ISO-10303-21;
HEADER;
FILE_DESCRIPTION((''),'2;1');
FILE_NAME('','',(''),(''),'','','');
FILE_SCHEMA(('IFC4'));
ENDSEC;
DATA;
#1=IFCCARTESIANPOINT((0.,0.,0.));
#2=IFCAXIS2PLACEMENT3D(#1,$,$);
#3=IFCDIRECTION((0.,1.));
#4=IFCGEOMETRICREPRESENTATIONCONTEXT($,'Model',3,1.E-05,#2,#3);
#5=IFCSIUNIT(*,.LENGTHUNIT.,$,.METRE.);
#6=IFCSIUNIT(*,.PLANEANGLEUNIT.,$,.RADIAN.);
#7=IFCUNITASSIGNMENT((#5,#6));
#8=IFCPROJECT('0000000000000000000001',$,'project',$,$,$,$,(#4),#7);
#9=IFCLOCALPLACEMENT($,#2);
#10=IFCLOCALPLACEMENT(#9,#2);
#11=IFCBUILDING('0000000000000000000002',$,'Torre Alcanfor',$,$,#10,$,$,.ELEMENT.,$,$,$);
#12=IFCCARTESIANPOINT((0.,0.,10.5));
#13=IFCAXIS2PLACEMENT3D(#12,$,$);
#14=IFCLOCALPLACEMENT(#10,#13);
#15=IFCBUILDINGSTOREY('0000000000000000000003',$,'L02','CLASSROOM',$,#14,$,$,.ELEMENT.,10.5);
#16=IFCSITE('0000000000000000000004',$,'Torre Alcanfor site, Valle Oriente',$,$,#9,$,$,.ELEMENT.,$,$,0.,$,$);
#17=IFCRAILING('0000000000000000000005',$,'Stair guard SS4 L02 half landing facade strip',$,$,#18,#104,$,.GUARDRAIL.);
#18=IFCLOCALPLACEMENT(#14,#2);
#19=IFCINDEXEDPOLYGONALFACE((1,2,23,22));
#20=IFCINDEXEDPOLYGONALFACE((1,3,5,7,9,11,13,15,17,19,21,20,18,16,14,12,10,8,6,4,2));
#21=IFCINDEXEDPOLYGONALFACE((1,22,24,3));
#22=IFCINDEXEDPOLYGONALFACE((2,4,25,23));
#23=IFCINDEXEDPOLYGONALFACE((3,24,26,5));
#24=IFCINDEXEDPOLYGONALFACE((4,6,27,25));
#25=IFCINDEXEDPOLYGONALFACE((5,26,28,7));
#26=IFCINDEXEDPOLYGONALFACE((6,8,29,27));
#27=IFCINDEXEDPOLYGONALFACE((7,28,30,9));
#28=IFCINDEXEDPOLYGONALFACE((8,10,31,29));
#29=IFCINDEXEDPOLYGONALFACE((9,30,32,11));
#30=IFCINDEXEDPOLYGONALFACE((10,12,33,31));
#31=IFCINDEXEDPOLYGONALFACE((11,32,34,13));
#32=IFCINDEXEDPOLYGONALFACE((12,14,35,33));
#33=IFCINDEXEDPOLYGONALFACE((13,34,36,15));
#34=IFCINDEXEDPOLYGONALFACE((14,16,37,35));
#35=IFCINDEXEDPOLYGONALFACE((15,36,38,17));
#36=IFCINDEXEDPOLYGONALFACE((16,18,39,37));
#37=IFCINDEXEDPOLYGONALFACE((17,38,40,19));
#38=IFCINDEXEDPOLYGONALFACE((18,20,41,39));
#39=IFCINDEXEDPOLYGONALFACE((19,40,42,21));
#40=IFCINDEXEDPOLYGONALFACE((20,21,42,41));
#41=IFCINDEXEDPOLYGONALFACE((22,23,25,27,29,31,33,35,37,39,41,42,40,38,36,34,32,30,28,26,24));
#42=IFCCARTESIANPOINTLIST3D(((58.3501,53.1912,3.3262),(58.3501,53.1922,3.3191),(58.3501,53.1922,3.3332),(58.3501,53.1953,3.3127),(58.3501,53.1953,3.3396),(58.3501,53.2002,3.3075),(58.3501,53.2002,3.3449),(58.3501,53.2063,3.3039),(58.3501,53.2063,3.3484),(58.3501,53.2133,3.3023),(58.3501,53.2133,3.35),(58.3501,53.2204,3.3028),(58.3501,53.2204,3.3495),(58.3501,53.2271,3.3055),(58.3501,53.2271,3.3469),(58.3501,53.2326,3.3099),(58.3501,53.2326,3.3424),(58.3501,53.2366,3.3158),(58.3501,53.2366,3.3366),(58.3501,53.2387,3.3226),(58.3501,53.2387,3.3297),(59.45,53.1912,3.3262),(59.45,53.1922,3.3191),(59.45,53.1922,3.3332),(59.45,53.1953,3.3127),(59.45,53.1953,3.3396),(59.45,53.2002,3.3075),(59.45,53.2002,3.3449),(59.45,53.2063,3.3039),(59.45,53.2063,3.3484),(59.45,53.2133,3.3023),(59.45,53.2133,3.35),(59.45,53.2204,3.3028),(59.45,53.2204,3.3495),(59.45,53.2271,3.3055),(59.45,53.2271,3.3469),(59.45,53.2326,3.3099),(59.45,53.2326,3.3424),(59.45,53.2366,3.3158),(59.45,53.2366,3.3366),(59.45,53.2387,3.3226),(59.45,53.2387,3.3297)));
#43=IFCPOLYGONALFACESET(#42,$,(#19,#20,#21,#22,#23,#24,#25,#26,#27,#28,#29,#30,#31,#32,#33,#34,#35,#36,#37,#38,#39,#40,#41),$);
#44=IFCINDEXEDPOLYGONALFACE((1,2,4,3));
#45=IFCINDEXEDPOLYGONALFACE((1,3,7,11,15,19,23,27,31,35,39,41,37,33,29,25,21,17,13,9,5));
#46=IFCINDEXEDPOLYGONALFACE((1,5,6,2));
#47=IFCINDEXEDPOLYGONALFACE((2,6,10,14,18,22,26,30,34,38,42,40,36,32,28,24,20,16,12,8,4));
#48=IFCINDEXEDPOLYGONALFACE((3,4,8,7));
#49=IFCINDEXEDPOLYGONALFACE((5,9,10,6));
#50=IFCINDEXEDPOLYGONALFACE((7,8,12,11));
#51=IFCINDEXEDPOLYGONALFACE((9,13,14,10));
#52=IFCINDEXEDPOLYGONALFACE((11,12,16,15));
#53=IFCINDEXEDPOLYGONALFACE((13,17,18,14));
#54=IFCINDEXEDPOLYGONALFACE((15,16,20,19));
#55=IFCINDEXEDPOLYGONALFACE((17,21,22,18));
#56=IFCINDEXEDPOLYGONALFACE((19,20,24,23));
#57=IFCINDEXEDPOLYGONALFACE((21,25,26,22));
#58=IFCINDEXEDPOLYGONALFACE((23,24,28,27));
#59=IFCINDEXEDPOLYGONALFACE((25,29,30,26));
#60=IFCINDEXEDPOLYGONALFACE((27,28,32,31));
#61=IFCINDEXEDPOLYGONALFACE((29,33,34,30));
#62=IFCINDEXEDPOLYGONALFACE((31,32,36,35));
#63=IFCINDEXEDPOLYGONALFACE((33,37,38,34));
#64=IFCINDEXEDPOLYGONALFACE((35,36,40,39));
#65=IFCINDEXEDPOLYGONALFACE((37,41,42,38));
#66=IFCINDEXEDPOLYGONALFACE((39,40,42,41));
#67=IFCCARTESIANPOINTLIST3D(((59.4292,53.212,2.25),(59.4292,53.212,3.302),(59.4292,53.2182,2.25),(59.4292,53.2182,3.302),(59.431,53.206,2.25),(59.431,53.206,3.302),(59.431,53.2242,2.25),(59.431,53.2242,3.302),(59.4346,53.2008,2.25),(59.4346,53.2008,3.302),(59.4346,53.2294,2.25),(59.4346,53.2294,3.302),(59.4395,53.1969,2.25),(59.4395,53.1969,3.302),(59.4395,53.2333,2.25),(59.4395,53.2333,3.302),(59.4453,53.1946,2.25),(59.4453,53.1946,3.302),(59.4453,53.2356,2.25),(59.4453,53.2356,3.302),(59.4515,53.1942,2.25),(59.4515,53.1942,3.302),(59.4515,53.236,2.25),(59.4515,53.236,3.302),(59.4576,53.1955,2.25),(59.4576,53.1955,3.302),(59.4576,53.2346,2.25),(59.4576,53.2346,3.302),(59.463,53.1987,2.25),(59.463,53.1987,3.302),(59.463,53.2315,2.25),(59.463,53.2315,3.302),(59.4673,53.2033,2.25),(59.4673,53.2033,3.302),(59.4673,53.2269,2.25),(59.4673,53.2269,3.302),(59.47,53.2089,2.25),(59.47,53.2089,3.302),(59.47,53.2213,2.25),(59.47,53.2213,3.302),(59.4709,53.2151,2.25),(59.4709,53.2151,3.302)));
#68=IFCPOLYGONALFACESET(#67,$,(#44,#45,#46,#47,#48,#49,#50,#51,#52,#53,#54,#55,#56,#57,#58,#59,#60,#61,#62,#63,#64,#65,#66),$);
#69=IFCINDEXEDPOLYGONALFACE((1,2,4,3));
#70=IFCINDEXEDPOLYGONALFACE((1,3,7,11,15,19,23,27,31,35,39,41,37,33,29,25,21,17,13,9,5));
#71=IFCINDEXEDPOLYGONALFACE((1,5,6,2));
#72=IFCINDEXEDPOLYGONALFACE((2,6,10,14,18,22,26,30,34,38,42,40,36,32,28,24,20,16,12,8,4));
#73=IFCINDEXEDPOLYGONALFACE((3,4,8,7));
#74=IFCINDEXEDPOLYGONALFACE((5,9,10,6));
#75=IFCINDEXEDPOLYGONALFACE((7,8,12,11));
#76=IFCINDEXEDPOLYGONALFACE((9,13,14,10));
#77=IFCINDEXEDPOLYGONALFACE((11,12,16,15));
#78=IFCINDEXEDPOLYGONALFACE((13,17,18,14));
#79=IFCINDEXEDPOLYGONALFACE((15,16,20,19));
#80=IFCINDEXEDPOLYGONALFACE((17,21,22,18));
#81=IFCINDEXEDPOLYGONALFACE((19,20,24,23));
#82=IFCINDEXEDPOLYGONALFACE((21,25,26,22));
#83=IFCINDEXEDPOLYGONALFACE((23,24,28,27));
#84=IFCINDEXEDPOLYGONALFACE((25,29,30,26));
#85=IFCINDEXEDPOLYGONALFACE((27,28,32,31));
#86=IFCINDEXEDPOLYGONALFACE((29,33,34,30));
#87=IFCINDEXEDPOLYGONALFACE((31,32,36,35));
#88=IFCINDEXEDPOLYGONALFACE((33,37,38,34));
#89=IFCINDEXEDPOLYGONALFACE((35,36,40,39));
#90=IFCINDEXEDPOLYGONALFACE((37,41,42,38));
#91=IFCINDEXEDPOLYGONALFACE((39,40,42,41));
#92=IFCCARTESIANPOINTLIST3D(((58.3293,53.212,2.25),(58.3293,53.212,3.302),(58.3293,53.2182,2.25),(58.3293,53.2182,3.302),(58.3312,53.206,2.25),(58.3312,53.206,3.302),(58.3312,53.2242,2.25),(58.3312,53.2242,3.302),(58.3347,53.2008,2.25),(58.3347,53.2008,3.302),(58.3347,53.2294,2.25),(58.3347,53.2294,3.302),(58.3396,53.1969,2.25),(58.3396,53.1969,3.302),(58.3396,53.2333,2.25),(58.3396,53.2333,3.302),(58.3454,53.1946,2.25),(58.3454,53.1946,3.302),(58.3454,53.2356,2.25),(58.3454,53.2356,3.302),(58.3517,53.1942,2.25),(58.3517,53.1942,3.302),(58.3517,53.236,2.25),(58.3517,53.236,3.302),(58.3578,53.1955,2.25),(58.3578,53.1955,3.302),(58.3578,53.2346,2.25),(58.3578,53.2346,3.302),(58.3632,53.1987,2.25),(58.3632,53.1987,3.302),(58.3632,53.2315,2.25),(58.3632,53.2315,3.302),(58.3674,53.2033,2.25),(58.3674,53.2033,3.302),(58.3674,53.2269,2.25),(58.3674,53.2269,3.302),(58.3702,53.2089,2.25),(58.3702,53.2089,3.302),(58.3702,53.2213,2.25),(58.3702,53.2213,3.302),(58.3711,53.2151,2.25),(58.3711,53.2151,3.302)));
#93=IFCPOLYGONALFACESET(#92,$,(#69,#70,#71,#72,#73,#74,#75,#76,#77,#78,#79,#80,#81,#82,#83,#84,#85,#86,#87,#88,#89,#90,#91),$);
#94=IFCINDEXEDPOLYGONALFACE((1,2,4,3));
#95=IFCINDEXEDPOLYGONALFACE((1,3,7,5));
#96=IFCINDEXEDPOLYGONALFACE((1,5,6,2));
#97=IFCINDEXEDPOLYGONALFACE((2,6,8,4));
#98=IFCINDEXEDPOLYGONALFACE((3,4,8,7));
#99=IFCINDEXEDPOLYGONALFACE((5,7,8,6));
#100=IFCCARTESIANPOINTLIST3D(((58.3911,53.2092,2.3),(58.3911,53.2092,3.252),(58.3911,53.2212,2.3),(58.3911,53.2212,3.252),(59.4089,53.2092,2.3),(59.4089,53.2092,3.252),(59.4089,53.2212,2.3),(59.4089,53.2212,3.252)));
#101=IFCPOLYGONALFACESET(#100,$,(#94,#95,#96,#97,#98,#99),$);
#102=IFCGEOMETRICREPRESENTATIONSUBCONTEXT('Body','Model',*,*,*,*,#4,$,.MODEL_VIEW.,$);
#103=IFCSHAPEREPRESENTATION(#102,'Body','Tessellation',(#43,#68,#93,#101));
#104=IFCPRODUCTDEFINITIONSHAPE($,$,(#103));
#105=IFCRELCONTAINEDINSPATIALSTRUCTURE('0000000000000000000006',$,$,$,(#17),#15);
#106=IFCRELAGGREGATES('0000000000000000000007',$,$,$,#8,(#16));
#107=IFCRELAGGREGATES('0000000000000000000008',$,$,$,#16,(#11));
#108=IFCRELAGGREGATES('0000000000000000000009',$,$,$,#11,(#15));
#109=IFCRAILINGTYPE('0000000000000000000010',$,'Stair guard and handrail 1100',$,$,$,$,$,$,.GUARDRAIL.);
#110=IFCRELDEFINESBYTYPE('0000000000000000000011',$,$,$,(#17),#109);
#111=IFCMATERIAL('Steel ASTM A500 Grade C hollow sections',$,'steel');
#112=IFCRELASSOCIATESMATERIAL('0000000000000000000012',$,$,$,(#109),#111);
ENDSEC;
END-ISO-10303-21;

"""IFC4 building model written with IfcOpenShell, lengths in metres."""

from ifc_helpers import new_model, si_unit, direction, frame, origin, origin_2d, place, context, subcontext, project, spatial, polyline, circle, outline, extrude, material, type_object, element, save


model = new_model("IFC4")

# Units and contexts
model_context = context("Model", 3, precision=1e-05, world=origin(), true_north=direction((0.0, 1.0)))
body_context = subcontext(model_context, "Body", "Model", "MODEL_VIEW")
ifc_project = project(units=[si_unit("LENGTHUNIT", "METRE"), si_unit("PLANEANGLEUNIT", "RADIAN")], contexts=[model_context])

# Site, building, storey
site_placement = place(None, origin())
site = spatial("IfcSite", under=ifc_project, at=site_placement, Name="Torre Alcanfor site, Valle Oriente", CompositionType="ELEMENT", RefElevation=0.0)
building_placement = place(site_placement, origin())
building = spatial("IfcBuilding", under=site, at=building_placement, Name="Torre Alcanfor", CompositionType="ELEMENT")
storey_placement = place(building_placement, frame((0.0, 0.0, 10.5)))
storey = spatial("IfcBuildingStorey", under=building, at=storey_placement, Name="L02", Description="CLASSROOM", CompositionType="ELEMENT", Elevation=10.5)

# Railing
ifc_material_1 = material(Name="Steel ASTM A500 Grade C hollow sections", Category="steel")
railing_type_1 = type_object("IfcRailingType", Name="Stair guard and handrail 1100", PredefinedType="GUARDRAIL", material=ifc_material_1)
railing_1_placement = place(storey_placement, frame((59.45, 53.2151, 2.25)))
element("IfcRailing", 1, at=railing_1_placement, inside=storey, type_object=railing_type_1, Name="Stair guard SS4 L02 half landing facade strip", PredefinedType="GUARDRAIL", context=body_context, shape_type="SweptSolid", body=[
    extrude(circle(Radius=0.0239, at=origin_2d()), frame((0.0, 0.0, 1.0762), z_axis=(-1.0, 0.0, 0.0), x_axis=(0.0, -1.0, 0.0)), (0.0, 0.0, 1.0), 1.0999),
    extrude(circle(Radius=0.021, at=origin_2d()), origin(), (0.0, 0.0, 1.0), 1.052),
    extrude(circle(Radius=0.021, at=origin_2d()), frame((-1.0999, 0.0, 0.0)), (0.0, 0.0, 1.0), 1.052),
    extrude(outline(polyline([(0.041, 0.05), (1.0588, 0.05), (1.0588, 1.002), (0.041, 1.002), (0.041, 0.05)])), frame((0.0, -0.0059, 0.0), z_axis=(0.0, 1.0, 0.0), x_axis=(-1.0, 0.0, 0.0)), (0.0, 0.0, 1.0), 0.012),
])

save(model, "model.ifc")
